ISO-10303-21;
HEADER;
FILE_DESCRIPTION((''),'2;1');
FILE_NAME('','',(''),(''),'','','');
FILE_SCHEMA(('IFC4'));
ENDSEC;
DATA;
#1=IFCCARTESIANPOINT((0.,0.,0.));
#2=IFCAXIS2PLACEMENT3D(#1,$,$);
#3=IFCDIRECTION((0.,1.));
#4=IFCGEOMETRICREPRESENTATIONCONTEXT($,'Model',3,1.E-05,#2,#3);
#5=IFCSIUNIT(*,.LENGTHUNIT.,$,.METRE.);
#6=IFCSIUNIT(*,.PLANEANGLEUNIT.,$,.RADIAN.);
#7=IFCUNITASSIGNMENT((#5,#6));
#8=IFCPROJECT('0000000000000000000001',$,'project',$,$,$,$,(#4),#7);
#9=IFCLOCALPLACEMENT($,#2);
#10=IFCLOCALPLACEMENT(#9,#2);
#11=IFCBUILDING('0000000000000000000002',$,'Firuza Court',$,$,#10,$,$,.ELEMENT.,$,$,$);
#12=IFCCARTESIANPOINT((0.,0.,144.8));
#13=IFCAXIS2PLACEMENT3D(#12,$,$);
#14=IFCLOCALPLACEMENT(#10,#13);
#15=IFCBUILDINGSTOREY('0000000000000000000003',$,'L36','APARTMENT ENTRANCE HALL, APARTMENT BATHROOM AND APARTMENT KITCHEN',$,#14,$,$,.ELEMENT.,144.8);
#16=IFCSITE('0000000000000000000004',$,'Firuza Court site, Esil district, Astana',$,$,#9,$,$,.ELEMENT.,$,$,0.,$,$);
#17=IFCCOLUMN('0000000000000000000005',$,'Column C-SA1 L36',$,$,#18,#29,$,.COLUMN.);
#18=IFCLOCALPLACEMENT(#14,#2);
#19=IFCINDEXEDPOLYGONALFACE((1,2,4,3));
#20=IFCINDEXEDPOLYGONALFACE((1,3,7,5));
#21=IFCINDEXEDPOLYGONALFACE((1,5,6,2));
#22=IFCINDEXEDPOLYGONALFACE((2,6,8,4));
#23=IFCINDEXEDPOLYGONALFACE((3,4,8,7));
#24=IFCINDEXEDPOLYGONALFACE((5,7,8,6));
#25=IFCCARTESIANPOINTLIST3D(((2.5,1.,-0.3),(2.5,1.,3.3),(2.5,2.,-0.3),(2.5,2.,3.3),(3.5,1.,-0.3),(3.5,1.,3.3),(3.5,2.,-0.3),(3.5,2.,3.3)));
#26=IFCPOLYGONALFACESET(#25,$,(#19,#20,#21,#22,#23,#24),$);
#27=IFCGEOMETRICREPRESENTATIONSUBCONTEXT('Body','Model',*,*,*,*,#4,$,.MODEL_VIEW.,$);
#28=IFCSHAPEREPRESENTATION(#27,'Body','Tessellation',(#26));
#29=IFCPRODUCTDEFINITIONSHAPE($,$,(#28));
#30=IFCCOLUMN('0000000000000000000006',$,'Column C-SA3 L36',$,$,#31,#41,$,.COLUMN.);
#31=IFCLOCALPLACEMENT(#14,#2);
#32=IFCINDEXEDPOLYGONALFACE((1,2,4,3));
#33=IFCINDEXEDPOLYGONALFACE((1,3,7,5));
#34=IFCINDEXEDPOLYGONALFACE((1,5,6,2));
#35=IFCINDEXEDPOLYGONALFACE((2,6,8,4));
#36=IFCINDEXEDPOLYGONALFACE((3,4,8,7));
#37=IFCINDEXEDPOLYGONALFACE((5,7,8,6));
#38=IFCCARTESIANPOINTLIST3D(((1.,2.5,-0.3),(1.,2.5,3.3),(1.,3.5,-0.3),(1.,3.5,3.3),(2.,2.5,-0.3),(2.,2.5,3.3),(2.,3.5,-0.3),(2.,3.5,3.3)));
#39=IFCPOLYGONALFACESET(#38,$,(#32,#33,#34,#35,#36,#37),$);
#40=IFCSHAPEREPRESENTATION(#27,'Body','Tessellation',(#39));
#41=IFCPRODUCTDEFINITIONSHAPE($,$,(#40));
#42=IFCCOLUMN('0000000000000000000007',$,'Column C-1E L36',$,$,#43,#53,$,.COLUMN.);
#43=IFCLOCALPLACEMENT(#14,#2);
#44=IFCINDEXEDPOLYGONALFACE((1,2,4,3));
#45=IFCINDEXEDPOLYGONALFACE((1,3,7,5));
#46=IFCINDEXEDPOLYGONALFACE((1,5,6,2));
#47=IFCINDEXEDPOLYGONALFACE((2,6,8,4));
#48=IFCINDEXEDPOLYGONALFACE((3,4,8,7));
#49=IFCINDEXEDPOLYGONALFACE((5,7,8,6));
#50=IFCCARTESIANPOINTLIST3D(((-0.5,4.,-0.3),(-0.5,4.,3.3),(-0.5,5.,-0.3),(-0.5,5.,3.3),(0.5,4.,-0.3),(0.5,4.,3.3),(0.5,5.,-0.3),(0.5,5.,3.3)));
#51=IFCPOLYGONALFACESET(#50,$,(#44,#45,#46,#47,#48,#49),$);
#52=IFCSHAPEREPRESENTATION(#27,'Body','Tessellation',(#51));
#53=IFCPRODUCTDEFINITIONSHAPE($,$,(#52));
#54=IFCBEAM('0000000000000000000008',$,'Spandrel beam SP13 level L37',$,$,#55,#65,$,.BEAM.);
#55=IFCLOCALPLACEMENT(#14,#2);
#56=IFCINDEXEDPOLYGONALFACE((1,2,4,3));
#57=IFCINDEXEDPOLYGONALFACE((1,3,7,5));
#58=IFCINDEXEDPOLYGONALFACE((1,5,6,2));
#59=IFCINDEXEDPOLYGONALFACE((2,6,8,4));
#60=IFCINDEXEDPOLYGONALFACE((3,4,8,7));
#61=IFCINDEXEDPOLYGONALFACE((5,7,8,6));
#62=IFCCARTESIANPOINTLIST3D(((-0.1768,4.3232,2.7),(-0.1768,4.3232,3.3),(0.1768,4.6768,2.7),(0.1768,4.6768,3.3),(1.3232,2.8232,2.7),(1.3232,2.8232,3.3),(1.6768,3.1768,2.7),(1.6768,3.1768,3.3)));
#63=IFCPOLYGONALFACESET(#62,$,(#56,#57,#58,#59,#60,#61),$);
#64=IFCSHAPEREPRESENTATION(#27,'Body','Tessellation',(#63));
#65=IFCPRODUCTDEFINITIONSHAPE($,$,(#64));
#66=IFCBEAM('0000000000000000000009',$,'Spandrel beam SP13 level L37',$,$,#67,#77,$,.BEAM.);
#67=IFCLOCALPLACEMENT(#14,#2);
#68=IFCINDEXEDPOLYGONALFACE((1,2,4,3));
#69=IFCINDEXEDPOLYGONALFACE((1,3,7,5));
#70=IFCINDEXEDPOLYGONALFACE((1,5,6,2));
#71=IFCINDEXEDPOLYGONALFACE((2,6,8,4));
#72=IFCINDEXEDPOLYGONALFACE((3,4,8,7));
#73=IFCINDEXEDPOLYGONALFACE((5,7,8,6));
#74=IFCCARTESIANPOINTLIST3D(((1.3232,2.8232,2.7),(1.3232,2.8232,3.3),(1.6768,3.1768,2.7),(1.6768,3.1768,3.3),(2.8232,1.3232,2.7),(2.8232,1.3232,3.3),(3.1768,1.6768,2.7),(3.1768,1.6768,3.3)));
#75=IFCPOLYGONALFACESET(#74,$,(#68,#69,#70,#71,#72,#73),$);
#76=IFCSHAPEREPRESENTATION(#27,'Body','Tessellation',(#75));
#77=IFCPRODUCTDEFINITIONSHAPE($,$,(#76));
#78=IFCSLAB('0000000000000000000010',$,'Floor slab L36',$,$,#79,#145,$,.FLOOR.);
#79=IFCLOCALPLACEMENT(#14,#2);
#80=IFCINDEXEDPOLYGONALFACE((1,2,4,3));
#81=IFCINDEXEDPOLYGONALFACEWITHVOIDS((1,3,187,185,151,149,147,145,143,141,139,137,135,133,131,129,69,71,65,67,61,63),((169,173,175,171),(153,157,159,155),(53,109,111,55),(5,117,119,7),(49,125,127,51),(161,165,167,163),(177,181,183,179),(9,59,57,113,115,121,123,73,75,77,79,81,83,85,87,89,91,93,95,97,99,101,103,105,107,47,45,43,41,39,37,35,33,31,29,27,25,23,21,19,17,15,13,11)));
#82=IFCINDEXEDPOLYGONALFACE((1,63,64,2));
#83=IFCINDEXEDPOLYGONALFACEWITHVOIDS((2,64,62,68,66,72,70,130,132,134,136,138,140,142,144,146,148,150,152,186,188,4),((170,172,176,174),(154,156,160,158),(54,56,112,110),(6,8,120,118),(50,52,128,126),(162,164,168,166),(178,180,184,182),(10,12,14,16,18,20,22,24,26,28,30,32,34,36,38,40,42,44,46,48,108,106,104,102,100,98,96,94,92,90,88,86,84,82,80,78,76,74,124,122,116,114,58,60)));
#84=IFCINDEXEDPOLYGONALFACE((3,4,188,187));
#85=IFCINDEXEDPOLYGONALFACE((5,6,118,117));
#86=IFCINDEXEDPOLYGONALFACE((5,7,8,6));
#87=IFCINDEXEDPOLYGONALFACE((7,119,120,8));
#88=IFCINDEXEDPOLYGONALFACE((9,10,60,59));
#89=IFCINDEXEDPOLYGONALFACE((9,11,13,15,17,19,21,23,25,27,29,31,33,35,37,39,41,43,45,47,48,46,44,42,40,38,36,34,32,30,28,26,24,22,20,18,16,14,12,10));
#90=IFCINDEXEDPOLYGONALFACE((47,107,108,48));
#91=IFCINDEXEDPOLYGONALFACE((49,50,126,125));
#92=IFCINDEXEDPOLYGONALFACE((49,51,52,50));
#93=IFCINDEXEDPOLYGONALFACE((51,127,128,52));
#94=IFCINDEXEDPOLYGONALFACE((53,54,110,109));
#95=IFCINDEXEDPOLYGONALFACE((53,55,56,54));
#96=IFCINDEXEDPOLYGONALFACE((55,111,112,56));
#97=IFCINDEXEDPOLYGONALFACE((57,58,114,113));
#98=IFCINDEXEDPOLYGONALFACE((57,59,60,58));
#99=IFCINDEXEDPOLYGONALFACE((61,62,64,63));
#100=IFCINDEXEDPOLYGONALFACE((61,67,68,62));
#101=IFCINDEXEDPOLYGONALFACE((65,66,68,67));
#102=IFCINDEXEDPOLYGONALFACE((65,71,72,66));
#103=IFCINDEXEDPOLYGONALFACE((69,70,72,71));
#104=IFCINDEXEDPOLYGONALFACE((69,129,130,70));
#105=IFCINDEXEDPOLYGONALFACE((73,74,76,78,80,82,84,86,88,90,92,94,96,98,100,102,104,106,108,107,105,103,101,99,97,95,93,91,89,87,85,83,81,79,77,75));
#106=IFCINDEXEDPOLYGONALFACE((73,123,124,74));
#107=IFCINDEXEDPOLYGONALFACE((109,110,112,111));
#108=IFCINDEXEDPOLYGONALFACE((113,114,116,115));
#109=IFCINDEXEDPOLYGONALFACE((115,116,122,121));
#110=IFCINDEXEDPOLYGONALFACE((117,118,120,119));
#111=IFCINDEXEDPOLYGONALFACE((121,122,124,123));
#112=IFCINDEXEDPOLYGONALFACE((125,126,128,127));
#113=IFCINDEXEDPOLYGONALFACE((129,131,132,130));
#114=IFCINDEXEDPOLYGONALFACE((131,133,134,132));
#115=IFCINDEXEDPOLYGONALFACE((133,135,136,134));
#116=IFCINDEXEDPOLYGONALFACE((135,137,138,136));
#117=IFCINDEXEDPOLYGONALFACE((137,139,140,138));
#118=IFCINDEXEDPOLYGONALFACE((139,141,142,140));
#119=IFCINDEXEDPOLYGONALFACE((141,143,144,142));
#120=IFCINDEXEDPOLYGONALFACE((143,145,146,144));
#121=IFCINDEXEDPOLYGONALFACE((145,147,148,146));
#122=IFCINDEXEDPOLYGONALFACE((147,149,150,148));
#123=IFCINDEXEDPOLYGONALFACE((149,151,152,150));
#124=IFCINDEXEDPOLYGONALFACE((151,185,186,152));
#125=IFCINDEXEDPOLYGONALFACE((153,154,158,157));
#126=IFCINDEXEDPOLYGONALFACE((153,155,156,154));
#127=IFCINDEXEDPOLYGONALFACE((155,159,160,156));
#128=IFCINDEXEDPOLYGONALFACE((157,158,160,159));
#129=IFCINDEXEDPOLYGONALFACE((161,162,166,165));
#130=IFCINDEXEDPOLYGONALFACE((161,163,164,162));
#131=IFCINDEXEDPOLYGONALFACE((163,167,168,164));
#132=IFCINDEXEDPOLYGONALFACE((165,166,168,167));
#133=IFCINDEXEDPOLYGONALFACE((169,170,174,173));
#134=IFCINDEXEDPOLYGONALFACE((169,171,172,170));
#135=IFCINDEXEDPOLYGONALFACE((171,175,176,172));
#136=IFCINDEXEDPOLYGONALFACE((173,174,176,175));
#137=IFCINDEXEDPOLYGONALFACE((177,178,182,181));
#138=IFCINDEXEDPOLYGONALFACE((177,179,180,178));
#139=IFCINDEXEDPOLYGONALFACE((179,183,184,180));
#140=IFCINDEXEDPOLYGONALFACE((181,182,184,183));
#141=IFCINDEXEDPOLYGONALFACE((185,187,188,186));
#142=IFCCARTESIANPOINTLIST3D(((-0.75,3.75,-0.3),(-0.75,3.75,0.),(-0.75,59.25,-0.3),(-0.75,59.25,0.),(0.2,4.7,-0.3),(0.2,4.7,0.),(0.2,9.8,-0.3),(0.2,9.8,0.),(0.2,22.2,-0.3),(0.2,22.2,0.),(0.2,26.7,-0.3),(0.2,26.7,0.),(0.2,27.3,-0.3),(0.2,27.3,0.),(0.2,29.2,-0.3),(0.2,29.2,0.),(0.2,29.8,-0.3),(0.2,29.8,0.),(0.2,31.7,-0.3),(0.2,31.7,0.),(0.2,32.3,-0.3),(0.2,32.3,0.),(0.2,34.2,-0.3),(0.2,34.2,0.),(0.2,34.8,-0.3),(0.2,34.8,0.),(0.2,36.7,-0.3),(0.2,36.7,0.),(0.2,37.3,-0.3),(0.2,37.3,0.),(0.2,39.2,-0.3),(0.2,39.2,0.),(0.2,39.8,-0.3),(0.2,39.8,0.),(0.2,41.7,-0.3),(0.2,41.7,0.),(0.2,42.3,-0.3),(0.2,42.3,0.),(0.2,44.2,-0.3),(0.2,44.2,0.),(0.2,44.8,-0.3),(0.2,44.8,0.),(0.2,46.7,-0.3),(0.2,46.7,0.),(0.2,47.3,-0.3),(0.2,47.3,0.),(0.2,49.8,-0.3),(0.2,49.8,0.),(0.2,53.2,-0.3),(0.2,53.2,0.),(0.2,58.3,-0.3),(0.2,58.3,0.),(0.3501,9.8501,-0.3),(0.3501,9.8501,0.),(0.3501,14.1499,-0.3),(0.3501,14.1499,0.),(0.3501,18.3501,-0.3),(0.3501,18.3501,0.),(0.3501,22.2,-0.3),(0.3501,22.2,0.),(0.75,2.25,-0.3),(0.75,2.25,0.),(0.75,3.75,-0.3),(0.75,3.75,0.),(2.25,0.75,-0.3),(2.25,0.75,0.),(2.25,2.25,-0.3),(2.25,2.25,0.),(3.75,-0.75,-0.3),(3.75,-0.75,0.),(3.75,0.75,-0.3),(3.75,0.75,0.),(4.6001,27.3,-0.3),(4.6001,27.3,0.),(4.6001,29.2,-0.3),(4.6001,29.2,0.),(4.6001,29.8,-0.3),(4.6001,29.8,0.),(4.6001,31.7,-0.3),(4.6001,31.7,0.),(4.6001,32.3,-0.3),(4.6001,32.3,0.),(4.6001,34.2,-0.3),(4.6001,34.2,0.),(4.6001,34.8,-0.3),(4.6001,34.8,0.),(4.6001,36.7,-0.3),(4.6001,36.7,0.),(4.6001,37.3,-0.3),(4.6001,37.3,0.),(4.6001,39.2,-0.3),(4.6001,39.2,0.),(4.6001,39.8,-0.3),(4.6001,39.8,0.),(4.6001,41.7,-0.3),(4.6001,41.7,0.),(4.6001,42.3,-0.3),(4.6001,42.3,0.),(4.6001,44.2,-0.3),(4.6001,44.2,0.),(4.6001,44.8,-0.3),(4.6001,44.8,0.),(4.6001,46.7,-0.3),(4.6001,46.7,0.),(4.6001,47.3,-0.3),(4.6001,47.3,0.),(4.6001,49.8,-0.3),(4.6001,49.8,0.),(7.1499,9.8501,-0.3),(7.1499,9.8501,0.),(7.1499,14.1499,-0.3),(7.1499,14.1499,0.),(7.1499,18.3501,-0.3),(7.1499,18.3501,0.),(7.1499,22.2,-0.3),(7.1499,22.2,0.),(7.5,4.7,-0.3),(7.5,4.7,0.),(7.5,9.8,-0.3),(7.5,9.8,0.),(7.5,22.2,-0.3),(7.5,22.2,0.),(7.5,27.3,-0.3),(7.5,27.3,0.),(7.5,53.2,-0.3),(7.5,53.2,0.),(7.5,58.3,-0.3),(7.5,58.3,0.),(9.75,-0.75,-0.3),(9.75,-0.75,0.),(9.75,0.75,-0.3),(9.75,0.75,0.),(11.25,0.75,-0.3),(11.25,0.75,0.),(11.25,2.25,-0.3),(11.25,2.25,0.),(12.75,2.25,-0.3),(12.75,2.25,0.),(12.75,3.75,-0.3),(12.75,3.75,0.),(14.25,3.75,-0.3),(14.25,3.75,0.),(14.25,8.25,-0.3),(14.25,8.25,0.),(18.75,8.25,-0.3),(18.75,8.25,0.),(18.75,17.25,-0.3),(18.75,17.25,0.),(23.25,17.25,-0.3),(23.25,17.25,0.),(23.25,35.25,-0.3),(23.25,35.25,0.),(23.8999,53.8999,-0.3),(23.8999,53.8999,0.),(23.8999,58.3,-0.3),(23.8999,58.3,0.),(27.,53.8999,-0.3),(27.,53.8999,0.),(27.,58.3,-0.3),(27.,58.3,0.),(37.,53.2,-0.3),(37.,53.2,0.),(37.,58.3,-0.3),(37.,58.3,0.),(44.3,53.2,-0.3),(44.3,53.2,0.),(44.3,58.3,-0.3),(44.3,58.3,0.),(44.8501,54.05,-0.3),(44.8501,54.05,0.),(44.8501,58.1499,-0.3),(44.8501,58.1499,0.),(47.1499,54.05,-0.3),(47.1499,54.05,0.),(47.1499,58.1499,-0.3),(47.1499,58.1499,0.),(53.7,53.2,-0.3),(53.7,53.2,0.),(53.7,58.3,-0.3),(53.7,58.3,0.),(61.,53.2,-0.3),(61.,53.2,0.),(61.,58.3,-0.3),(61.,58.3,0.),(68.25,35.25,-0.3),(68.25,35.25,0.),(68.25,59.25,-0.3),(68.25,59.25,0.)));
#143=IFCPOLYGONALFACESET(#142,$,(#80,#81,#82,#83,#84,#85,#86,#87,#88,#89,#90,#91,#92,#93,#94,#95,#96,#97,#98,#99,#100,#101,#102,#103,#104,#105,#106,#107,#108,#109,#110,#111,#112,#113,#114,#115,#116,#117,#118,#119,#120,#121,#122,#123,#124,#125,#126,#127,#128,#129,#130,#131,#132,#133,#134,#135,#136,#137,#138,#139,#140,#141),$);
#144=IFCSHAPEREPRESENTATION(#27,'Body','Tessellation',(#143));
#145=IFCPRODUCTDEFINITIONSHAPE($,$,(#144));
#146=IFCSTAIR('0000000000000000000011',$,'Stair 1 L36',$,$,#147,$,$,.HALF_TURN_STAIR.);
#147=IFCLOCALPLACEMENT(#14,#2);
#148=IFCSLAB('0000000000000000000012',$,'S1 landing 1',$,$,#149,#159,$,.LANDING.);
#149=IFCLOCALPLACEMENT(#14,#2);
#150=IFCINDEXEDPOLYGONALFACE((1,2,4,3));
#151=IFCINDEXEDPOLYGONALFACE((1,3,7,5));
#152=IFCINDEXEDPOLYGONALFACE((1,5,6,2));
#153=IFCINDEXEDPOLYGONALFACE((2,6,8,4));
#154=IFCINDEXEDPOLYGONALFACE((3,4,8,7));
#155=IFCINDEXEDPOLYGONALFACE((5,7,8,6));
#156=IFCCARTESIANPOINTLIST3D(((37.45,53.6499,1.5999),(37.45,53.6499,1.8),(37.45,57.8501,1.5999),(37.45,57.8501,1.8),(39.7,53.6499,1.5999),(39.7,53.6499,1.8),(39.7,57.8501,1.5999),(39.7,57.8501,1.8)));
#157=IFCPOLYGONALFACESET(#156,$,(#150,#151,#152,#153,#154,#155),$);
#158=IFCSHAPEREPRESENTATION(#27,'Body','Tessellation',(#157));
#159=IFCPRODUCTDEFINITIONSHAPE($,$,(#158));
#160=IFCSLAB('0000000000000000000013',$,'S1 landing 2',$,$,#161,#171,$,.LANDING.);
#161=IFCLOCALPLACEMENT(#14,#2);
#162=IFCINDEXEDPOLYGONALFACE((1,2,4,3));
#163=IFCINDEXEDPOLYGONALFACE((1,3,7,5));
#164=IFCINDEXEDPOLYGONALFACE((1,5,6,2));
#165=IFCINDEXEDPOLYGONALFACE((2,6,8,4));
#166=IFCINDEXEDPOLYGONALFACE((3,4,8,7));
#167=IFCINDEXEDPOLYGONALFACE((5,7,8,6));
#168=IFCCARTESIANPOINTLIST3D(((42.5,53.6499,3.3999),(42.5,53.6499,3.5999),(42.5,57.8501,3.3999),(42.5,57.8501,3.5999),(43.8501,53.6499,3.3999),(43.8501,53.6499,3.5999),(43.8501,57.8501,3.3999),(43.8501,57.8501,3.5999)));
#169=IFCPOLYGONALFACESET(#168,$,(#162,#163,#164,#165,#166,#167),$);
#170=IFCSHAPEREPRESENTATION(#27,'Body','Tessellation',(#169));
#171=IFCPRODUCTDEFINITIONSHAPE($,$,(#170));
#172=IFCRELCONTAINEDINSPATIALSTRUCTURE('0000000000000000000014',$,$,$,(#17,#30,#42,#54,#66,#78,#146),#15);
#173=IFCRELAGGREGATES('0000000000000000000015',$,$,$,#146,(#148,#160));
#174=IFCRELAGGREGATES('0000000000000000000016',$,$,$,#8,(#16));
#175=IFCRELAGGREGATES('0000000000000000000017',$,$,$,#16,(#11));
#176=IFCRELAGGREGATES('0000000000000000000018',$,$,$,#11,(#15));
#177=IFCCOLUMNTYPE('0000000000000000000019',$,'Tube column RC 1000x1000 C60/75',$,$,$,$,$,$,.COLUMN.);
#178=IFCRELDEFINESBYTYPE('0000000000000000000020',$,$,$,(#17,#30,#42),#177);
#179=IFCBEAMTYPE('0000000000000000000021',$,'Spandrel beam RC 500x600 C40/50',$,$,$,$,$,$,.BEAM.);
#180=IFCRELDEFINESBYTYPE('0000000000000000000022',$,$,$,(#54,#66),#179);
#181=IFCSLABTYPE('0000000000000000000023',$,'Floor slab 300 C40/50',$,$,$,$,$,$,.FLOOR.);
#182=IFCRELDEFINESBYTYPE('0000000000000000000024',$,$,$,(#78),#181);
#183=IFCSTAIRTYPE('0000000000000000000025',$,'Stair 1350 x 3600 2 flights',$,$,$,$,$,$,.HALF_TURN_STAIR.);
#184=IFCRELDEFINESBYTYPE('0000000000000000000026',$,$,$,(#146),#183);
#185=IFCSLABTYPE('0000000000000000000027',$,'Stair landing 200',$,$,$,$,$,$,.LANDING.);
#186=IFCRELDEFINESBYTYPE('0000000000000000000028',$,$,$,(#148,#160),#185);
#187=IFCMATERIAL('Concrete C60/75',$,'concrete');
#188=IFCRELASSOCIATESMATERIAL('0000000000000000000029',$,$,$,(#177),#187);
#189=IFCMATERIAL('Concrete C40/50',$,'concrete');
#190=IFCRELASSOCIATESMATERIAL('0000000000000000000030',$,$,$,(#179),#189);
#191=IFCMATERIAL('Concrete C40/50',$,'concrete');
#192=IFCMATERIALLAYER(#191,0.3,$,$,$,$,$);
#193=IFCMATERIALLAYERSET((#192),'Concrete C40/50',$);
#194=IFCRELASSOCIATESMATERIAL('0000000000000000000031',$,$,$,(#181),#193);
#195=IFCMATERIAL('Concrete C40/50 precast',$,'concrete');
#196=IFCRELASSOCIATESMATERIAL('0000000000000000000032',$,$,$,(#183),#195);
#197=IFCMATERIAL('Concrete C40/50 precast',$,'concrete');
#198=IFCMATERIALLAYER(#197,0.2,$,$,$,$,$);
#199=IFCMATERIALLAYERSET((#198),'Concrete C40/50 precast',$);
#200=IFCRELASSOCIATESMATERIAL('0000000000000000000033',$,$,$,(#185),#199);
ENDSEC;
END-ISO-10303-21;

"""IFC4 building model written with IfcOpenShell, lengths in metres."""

from ifc_helpers import new_model, si_unit, direction, frame, origin, origin_2d, place, context, subcontext, project, spatial, polyline, rectangle, outline, extrude, material, layer, layer_set, material_profile, profile_set, type_object, element, aggregate, save


model = new_model("IFC4")

# Units and contexts
model_context = context("Model", 3, precision=1e-05, world=origin(), true_north=direction((0.0, 1.0)))
body_context = subcontext(model_context, "Body", "Model", "MODEL_VIEW")
ifc_project = project(units=[si_unit("LENGTHUNIT", "METRE"), si_unit("PLANEANGLEUNIT", "RADIAN")], contexts=[model_context])

# Site, building, storey
site_placement = place(None, origin())
site = spatial("IfcSite", under=ifc_project, at=site_placement, Name="Firuza Court site, Esil district, Astana", CompositionType="ELEMENT", RefElevation=0.0)
building_placement = place(site_placement, origin())
building = spatial("IfcBuilding", under=site, at=building_placement, Name="Firuza Court", CompositionType="ELEMENT")
storey_placement = place(building_placement, frame((0.0, 0.0, 144.8)))
storey = spatial("IfcBuildingStorey", under=building, at=storey_placement, Name="L36", Description="APARTMENT ENTRANCE HALL, APARTMENT BATHROOM AND APARTMENT KITCHEN", CompositionType="ELEMENT", Elevation=144.8)

# Columns
ifc_material_1 = material(Name="Concrete C60/75", Category="concrete")
ifc_material_profile_1 = material_profile(ifc_material_1, rectangle(XDim=1.0, YDim=1.0, at=origin_2d()), Name="RC 1000x1000")
ifc_profile_set_1 = profile_set([ifc_material_profile_1], Name="Concrete C60/75")
column_type = type_object("IfcColumnType", Name="Tube column RC 1000x1000 C60/75", PredefinedType="COLUMN", material=ifc_profile_set_1)
for number, where, z_axis, x_axis, name in (
    (1, (3.0, 1.5, -0.3), (0.0, 0.0, 1.0), (1.0, 0.0, 0.0), "Column C-SA1 L36"),
    (2, (1.5, 3.0, -0.3), (0.0, 0.0, 1.0), (1.0, 0.0, 0.0), "Column C-SA3 L36"),
    (3, (0.0, 4.5, -0.3), (0.0, 0.0, 1.0), (1.0, 0.0, 0.0), "Column C-1E L36"),
):
    element("IfcColumn", number, at=place(storey_placement, frame(where, z_axis=z_axis, x_axis=x_axis)), inside=storey, type_object=column_type, Name=name, PredefinedType="COLUMN", context=body_context, shape_type="SweptSolid", body=[
        extrude(rectangle(XDim=1.0, YDim=1.0, at=origin_2d()), origin(), (0.0, 0.0, 1.0), 3.6001),
    ])

# Beams
ifc_material_2 = material(Name="Concrete C40/50", Category="concrete")
ifc_material_profile_2 = material_profile(ifc_material_2, rectangle(XDim=0.5, YDim=0.6001, at=origin_2d()), Name="RC 500x600")
ifc_profile_set_2 = profile_set([ifc_material_profile_2], Name="Concrete C40/50")
beam_type = type_object("IfcBeamType", Name="Spandrel beam RC 500x600 C40/50", PredefinedType="BEAM", material=ifc_profile_set_2)
for number, where, z_axis, x_axis, name in (
    (4, (0.0, 4.5, 3.0), (0.707107, -0.707107, 0.0), (0.707107, 0.707107, 0.0), "Spandrel beam SP13 level L37"),
    (5, (1.5, 3.0, 3.0), (0.707107, -0.707107, 0.0), (0.707107, 0.707107, 0.0), "Spandrel beam SP13 level L37"),
):
    element("IfcBeam", number, at=place(storey_placement, frame(where, z_axis=z_axis, x_axis=x_axis)), inside=storey, type_object=beam_type, Name=name, PredefinedType="BEAM", context=body_context, shape_type="SweptSolid", body=[
        extrude(rectangle(XDim=0.5, YDim=0.6001, at=origin_2d()), origin(), (0.0, 0.0, 1.0), 2.1213),
    ])

# Slab
ifc_material_3 = material(Name="Concrete C40/50", Category="concrete")
ifc_layer_1 = layer(ifc_material_3, 0.3)
ifc_layer_set_1 = layer_set([ifc_layer_1], Name="Concrete C40/50")
slab_type_1 = type_object("IfcSlabType", Name="Floor slab 300 C40/50", PredefinedType="FLOOR", material=ifc_layer_set_1)
slab_1_placement = place(storey_placement, frame((0.0, 0.0, -0.3)))
element("IfcSlab", 6, at=slab_1_placement, inside=storey, type_object=slab_type_1, Name="Floor slab L36", PredefinedType="FLOOR", context=body_context, shape_type="SweptSolid", body=[
    extrude(outline(polyline([(3.75, -0.75), (3.75, 0.75), (2.25, 0.75), (2.25, 2.25), (0.75, 2.25), (0.75, 3.75), (-0.75, 3.75), (-0.75, 59.25), (68.25, 59.25), (68.25, 35.25), (23.25, 35.25), (23.25, 17.25), (18.75, 17.25), (18.75, 8.25), (14.25, 8.25), (14.25, 3.75), (12.75, 3.75), (12.75, 2.25), (11.25, 2.25), (11.25, 0.75), (9.75, 0.75), (9.75, -0.75), (3.75, -0.75)]), holes=[polyline([(0.2, 29.8), (0.2, 29.2), (0.2, 27.3), (0.2, 26.7), (0.2, 22.2), (0.3501, 22.2), (0.3501, 18.3501), (7.1499, 18.3501), (7.1499, 22.2), (7.5, 22.2), (7.5, 27.3), (4.6001, 27.3), (4.6001, 29.2), (4.6001, 29.8), (4.6001, 31.7), (4.6001, 32.3), (4.6001, 34.2), (4.6001, 34.8), (4.6001, 36.7), (4.6001, 37.3), (4.6001, 39.2), (4.6001, 39.8), (4.6001, 41.7), (4.6001, 42.3), (4.6001, 44.2), (4.6001, 44.8), (4.6001, 46.7), (4.6001, 47.3), (4.6001, 49.8), (0.2, 49.8), (0.2, 47.3), (0.2, 46.7), (0.2, 44.8), (0.2, 44.2), (0.2, 42.3), (0.2, 41.7), (0.2, 39.8), (0.2, 39.2), (0.2, 37.3), (0.2, 36.7), (0.2, 34.8), (0.2, 34.2), (0.2, 32.3), (0.2, 31.7), (0.2, 29.8)]), polyline([(7.5, 9.8), (0.2, 9.8), (0.2, 4.7), (7.5, 4.7), (7.5, 9.8)]), polyline([(7.1499, 14.1499), (0.3501, 14.1499), (0.3501, 9.8501), (7.1499, 9.8501), (7.1499, 14.1499)]), polyline([(7.5, 58.3), (0.2, 58.3), (0.2, 53.2), (7.5, 53.2), (7.5, 58.3)]), polyline([(44.3, 58.3), (37.0, 58.3), (37.0, 53.2), (44.3, 53.2), (44.3, 58.3)]), polyline([(61.0, 58.3), (53.7, 58.3), (53.7, 53.2), (61.0, 53.2), (61.0, 58.3)]), polyline([(27.0, 53.8999), (27.0, 58.3), (23.8999, 58.3), (23.8999, 53.8999), (27.0, 53.8999)]), polyline([(47.1499, 54.05), (47.1499, 58.1499), (44.8501, 58.1499), (44.8501, 54.05), (47.1499, 54.05)])]), origin(), (0.0, 0.0, 1.0), 0.3),
])

# Stair, slabs
ifc_material_4 = material(Name="Concrete C40/50 precast", Category="concrete")
stair_type = type_object("IfcStairType", Name="Stair 1350 x 3600 2 flights", PredefinedType="HALF_TURN_STAIR", material=ifc_material_4)
stair_1_placement = place(storey_placement, origin())
stair_1 = element("IfcStair", 7, at=stair_1_placement, inside=storey, type_object=stair_type, Name="Stair 1 L36", PredefinedType="HALF_TURN_STAIR")
ifc_material_5 = material(Name="Concrete C40/50 precast", Category="concrete")
ifc_layer_2 = layer(ifc_material_5, 0.2)
ifc_layer_set_2 = layer_set([ifc_layer_2], Name="Concrete C40/50 precast")
slab_type_2 = type_object("IfcSlabType", Name="Stair landing 200", PredefinedType="LANDING", material=ifc_layer_set_2)
slab_2_placement = place(storey_placement, frame((0.0, 0.0, 1.5999)))
slab_2 = element("IfcSlab", 8, at=slab_2_placement, type_object=slab_type_2, Name="S1 landing 1", PredefinedType="LANDING", context=body_context, shape_type="SweptSolid", body=[
    extrude(outline(polyline([(39.7, 53.6499), (39.7, 57.8501), (37.45, 57.8501), (37.45, 53.6499), (39.7, 53.6499)])), origin(), (0.0, 0.0, 1.0), 0.2002),
])
slab_3_placement = place(storey_placement, frame((0.0, 0.0, 3.3999)))
slab_3 = element("IfcSlab", 9, at=slab_3_placement, type_object=slab_type_2, Name="S1 landing 2", PredefinedType="LANDING", context=body_context, shape_type="SweptSolid", body=[
    extrude(outline(polyline([(43.8501, 53.6499), (43.8501, 57.8501), (42.5, 57.8501), (42.5, 53.6499), (43.8501, 53.6499)])), origin(), (0.0, 0.0, 1.0), 0.2),
])
aggregate(stair_1, [slab_2, slab_3])

save(model, "model.ifc")
